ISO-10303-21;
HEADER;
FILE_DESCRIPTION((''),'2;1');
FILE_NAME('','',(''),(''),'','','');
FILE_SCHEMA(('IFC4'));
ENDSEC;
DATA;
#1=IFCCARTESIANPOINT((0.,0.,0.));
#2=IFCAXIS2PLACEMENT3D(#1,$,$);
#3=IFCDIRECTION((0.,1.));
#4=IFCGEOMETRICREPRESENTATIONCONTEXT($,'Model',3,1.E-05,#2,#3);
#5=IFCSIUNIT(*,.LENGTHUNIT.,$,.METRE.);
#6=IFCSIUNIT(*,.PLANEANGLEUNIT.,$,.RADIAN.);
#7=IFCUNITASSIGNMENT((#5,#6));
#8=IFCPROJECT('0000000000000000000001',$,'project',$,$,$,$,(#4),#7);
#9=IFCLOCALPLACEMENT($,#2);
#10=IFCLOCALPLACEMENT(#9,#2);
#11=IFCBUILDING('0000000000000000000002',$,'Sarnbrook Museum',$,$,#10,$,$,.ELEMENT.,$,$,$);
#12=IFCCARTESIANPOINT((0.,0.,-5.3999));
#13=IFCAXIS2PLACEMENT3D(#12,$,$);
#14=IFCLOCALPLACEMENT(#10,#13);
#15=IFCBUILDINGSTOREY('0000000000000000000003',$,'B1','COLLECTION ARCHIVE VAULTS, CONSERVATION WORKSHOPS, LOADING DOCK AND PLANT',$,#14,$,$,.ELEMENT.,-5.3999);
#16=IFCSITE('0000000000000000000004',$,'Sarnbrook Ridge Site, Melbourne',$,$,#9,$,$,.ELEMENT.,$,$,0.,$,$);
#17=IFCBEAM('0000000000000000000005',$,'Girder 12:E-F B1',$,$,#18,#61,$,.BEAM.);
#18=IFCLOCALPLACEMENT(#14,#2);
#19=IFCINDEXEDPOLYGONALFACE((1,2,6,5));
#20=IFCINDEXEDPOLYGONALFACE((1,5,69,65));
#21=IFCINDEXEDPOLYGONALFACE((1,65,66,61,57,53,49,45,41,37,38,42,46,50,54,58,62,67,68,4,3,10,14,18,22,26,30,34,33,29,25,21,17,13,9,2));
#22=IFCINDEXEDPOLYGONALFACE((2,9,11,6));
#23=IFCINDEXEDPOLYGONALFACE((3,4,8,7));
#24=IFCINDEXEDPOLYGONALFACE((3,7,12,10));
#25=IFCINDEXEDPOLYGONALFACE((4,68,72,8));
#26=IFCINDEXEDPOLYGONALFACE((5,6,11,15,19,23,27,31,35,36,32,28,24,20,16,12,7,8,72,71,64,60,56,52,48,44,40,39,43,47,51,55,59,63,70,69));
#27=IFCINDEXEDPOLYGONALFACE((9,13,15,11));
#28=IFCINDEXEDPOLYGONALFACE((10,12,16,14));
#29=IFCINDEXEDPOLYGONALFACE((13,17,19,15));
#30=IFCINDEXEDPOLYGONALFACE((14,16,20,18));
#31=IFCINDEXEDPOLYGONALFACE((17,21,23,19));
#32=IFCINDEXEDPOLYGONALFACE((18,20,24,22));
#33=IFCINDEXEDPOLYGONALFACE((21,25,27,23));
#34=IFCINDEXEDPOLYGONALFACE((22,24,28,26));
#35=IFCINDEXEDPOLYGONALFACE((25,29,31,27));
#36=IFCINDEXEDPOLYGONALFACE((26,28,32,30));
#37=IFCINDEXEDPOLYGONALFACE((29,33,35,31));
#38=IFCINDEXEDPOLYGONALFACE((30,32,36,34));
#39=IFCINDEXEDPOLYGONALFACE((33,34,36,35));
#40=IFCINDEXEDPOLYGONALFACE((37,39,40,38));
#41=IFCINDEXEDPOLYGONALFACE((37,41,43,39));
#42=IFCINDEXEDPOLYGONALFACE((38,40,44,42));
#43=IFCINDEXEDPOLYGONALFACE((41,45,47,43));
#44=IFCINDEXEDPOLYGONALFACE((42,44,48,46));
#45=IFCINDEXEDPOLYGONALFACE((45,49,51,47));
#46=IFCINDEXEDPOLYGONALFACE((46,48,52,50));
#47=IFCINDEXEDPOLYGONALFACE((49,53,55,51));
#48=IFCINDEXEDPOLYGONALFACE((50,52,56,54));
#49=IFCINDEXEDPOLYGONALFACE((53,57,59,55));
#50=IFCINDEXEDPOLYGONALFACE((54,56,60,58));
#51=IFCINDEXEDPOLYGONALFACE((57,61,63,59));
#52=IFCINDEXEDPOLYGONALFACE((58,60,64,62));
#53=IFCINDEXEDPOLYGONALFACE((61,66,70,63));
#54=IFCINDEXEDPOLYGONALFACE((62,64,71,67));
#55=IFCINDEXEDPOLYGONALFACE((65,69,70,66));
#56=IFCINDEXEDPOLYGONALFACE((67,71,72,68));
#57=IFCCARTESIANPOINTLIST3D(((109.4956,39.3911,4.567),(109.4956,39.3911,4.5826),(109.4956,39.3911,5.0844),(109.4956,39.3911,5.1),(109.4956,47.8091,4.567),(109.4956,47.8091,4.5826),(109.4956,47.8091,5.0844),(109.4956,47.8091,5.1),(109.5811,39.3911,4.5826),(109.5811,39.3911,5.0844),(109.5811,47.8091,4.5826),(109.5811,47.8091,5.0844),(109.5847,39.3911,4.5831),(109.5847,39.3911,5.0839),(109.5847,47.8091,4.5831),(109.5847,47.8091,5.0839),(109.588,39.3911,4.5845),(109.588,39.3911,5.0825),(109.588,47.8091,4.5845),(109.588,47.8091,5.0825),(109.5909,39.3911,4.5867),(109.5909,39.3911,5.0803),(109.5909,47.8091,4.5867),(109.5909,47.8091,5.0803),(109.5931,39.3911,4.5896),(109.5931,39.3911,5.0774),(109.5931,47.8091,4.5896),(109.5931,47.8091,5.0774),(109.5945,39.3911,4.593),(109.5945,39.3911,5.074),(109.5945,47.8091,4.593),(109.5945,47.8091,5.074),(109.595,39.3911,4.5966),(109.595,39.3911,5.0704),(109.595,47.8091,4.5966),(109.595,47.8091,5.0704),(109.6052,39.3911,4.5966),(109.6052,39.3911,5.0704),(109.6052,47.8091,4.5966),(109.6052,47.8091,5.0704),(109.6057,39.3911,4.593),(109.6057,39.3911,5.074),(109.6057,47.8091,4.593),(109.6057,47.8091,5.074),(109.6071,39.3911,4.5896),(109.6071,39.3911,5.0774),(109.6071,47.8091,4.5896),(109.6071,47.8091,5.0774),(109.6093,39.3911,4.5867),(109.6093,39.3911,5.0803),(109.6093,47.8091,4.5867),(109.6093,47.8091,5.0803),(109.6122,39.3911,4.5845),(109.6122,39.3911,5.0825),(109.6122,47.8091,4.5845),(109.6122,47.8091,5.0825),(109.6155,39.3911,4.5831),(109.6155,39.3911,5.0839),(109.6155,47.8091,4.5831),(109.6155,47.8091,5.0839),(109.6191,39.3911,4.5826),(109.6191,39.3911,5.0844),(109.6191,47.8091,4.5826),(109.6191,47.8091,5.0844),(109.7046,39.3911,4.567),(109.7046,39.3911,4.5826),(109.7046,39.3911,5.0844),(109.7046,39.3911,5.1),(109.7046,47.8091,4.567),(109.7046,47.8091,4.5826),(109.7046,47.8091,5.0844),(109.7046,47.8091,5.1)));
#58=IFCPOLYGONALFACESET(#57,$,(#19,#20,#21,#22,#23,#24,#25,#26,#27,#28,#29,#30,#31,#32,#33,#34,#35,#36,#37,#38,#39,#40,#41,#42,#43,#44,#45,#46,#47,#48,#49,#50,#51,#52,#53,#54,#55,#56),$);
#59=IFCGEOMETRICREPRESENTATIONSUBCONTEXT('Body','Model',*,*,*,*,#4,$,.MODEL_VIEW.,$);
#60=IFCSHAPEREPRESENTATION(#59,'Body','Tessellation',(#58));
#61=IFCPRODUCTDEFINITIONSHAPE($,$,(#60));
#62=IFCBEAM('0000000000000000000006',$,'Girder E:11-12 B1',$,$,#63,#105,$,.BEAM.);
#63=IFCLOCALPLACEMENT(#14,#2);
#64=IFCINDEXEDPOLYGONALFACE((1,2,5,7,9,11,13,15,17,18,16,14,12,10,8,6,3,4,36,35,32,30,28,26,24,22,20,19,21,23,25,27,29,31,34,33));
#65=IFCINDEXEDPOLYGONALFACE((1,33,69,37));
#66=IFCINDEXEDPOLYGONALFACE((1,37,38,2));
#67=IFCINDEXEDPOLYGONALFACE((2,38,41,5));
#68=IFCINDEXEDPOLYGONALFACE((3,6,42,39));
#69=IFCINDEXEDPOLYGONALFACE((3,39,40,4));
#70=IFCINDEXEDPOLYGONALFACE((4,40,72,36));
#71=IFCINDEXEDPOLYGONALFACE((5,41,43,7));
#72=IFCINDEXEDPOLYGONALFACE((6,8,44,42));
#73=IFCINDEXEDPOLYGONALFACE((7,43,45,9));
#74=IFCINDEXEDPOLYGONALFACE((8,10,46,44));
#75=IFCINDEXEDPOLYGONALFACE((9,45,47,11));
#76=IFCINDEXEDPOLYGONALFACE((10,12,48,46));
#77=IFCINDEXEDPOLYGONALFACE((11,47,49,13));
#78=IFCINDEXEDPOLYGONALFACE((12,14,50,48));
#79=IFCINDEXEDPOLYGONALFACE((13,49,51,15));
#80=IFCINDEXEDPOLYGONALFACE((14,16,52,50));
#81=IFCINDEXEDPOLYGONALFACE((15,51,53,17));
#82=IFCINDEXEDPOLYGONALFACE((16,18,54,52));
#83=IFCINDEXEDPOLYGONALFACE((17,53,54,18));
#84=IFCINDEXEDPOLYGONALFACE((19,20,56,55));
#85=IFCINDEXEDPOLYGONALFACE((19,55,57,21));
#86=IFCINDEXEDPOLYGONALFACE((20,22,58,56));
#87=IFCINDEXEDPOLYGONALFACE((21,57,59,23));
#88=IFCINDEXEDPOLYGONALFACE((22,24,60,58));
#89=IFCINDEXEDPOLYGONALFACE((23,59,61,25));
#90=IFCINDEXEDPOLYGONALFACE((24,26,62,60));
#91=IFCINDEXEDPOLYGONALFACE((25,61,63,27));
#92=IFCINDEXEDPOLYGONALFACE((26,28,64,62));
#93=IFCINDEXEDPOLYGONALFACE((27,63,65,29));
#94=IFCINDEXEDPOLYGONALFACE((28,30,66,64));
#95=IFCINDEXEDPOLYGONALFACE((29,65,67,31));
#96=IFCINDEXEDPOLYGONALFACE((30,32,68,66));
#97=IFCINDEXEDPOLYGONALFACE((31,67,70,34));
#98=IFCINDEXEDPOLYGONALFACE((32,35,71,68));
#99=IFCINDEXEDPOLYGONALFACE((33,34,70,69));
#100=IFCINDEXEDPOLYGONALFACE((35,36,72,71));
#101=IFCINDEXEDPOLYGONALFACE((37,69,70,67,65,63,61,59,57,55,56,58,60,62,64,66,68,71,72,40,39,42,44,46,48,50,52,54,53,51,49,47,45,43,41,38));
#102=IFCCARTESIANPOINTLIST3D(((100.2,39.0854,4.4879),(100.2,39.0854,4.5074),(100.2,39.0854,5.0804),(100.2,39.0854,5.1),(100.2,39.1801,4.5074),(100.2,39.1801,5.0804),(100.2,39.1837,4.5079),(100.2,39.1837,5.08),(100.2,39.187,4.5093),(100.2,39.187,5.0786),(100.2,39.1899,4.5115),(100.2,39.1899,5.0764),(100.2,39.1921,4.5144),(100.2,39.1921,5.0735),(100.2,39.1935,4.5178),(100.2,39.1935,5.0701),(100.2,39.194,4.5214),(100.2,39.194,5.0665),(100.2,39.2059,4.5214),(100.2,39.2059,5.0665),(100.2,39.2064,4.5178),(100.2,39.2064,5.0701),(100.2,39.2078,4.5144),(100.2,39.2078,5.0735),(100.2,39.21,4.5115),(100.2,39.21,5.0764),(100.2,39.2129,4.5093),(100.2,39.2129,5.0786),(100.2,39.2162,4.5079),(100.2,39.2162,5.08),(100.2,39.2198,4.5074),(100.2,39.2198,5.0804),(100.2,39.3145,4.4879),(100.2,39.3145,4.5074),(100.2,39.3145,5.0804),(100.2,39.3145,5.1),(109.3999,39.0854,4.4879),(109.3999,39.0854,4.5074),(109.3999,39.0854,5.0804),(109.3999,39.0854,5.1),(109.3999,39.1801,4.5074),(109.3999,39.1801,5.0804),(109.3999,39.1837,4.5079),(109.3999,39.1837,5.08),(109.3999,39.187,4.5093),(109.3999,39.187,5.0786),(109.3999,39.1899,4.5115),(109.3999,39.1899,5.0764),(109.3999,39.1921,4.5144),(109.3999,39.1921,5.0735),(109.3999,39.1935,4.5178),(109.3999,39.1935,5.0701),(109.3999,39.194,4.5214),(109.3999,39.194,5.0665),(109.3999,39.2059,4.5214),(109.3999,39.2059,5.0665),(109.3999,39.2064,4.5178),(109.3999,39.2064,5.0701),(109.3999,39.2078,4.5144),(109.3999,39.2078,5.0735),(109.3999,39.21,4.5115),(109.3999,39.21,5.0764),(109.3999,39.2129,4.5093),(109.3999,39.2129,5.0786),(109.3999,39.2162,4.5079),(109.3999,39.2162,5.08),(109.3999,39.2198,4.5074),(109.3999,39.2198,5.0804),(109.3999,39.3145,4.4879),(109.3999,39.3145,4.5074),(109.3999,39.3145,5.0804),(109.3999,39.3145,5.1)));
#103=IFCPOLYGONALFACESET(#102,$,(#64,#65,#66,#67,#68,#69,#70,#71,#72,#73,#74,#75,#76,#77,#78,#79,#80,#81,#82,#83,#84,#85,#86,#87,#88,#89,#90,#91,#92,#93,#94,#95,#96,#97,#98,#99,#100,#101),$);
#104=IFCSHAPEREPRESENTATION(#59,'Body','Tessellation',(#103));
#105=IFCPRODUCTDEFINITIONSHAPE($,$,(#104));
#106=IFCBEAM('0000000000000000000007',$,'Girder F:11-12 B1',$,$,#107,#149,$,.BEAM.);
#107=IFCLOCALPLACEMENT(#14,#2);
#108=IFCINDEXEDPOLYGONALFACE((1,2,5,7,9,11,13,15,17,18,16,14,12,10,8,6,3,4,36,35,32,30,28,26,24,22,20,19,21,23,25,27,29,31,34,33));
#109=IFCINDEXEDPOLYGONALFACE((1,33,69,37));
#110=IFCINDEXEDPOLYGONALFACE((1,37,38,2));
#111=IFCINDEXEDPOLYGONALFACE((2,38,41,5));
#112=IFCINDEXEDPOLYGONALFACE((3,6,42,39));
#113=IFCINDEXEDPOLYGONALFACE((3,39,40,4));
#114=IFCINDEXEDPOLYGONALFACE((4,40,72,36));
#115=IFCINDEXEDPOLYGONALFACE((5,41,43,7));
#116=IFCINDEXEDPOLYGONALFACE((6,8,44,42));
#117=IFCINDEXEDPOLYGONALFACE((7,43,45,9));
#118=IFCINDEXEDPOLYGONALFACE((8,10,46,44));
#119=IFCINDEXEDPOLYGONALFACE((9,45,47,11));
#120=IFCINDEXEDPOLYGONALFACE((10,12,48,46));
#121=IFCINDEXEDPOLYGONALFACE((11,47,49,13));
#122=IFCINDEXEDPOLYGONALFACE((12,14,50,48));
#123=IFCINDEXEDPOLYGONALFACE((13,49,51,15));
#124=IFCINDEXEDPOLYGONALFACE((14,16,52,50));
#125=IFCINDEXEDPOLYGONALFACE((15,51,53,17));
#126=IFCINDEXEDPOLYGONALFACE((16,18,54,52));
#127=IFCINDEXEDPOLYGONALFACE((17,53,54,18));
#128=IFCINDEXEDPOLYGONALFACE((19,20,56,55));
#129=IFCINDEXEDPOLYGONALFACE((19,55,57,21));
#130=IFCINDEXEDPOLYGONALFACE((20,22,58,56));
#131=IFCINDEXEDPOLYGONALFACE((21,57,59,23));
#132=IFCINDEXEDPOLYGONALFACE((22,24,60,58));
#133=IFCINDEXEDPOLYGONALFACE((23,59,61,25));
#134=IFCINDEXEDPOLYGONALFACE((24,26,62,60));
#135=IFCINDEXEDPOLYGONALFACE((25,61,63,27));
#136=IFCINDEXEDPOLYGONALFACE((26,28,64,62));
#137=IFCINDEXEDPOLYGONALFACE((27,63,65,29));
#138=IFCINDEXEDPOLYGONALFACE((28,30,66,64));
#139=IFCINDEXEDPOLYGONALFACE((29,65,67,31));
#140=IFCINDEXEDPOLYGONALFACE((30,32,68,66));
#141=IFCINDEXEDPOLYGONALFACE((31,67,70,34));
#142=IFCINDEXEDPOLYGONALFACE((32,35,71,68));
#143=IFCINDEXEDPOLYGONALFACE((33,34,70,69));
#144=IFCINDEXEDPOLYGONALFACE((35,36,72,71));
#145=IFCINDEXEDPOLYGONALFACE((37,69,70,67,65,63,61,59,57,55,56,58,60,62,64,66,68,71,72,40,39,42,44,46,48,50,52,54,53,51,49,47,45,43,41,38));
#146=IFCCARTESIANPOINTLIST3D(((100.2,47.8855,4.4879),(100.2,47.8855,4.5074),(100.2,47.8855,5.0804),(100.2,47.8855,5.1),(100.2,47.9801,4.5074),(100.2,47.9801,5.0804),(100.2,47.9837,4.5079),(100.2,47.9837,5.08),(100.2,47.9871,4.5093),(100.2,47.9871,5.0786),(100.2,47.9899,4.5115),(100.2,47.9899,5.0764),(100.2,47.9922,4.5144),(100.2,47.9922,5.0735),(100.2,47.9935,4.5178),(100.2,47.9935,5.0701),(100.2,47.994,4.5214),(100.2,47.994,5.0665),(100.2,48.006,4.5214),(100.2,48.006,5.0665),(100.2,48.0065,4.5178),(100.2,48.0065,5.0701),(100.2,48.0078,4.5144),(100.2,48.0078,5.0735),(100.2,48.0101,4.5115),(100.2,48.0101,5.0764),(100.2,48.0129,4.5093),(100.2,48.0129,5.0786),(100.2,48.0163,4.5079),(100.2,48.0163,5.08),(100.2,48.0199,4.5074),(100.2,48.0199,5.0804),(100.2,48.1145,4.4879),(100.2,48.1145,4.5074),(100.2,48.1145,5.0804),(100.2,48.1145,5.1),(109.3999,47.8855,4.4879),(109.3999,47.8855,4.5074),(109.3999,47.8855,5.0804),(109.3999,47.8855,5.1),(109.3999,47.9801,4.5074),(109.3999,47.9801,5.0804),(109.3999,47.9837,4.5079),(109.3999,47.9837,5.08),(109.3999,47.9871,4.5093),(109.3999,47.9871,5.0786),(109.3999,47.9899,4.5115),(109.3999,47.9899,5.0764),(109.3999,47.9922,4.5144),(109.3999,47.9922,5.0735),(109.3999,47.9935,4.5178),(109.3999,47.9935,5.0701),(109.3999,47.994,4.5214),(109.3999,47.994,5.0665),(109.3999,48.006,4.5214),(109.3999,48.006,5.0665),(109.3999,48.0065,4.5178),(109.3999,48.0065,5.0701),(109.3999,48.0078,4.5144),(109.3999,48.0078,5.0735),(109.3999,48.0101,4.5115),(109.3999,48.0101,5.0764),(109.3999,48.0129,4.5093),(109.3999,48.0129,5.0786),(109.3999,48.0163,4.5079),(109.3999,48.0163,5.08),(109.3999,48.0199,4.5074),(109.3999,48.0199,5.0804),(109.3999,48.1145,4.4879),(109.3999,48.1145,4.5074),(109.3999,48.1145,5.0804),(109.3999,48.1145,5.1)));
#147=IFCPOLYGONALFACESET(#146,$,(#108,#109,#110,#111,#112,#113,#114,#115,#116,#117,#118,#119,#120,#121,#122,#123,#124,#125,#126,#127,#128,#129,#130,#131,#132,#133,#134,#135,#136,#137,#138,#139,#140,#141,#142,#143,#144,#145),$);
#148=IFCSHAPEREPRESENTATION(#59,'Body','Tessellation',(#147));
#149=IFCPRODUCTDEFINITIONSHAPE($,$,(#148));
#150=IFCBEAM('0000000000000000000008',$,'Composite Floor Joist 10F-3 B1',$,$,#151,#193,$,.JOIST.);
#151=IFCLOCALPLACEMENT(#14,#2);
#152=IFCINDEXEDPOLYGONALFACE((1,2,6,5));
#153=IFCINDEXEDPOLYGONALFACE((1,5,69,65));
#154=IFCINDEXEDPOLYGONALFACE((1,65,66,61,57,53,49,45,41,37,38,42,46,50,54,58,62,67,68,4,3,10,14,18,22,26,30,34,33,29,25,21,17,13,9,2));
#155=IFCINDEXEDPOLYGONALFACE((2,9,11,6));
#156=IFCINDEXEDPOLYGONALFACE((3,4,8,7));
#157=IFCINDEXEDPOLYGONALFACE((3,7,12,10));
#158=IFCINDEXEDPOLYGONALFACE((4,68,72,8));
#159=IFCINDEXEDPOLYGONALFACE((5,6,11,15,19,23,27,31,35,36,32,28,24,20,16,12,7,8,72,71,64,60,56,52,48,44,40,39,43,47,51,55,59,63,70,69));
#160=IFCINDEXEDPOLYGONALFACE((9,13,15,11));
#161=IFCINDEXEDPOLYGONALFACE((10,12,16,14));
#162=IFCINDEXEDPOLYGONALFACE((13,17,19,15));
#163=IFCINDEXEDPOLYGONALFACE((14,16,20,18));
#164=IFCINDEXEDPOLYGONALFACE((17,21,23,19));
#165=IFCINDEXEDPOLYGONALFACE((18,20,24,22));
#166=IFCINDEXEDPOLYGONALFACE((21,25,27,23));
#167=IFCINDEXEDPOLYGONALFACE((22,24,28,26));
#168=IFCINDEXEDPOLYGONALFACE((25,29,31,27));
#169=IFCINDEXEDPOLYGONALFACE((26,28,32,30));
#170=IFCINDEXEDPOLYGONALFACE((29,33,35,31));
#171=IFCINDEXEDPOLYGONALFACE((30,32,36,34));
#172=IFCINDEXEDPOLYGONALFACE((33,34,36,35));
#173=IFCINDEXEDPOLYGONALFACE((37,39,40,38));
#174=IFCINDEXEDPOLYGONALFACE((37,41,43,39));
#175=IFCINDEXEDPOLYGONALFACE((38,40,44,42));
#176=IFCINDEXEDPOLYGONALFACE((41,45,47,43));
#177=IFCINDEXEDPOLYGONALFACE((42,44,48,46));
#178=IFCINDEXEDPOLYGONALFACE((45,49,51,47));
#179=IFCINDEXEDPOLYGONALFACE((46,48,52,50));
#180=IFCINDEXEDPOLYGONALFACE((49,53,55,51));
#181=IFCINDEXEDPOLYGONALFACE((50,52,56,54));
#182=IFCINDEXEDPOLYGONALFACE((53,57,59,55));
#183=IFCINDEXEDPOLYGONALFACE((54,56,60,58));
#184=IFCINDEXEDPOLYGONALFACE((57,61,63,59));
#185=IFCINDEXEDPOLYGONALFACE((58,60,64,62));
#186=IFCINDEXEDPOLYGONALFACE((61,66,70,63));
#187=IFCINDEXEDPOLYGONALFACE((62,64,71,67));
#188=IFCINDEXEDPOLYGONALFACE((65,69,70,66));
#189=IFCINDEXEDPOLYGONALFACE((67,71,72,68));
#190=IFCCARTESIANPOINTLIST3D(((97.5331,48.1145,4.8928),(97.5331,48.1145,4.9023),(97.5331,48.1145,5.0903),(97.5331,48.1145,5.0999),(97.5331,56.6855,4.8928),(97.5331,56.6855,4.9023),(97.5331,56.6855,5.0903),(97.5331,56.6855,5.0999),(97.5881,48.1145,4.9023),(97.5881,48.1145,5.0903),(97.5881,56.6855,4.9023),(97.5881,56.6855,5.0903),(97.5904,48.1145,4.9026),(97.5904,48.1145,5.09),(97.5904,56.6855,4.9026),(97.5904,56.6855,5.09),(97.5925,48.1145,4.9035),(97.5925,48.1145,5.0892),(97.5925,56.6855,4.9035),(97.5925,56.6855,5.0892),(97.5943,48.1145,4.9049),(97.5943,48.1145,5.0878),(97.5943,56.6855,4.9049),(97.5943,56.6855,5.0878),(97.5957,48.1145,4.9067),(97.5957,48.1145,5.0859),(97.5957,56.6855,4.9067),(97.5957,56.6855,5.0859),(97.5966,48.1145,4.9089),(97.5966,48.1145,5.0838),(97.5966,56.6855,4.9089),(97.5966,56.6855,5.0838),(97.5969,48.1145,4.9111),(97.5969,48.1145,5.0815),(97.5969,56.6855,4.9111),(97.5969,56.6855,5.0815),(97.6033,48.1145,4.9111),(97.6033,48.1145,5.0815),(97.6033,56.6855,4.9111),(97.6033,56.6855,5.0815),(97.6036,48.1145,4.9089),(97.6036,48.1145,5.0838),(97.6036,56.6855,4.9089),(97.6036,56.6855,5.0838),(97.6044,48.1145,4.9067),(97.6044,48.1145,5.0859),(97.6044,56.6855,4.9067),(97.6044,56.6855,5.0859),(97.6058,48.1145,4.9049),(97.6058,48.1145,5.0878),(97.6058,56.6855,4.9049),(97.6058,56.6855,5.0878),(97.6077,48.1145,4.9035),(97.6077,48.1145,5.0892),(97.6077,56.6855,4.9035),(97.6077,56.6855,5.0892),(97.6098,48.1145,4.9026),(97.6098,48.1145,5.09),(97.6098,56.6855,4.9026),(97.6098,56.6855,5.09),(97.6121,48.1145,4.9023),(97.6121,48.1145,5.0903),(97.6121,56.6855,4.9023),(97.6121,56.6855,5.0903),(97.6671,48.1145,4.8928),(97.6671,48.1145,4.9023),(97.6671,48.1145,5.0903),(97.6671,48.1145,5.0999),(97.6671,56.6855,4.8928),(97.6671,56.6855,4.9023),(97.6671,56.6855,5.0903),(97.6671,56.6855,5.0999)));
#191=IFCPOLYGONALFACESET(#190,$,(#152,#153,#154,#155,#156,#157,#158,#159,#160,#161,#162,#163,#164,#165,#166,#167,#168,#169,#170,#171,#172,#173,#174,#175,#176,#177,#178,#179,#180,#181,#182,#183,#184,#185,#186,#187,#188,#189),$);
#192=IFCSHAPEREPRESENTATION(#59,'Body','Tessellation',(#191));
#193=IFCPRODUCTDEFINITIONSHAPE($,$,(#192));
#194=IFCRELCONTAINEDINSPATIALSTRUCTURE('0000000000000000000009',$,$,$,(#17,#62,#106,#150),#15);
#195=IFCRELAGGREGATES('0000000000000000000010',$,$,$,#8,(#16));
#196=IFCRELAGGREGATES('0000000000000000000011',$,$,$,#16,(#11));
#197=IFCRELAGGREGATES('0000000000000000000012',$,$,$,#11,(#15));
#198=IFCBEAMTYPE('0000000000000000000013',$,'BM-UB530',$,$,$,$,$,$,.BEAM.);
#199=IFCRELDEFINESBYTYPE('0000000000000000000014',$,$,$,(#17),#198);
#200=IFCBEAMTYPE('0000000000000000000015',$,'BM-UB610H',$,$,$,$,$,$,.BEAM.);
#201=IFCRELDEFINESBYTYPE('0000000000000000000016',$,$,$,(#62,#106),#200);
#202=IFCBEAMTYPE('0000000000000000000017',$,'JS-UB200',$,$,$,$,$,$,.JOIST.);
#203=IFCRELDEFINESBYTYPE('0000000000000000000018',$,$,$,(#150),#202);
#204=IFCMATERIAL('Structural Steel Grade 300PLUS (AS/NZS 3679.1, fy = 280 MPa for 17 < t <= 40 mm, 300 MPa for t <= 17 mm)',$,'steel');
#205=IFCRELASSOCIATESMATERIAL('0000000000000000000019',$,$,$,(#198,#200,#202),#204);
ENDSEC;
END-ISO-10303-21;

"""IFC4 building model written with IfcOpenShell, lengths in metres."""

from ifc_helpers import new_model, si_unit, direction, frame, origin, origin_2d, place, context, subcontext, project, spatial, i_section, extrude, material, material_profile, profile_set, type_object, element, save


model = new_model("IFC4")

# Units and contexts
model_context = context("Model", 3, precision=1e-05, world=origin(), true_north=direction((0.0, 1.0)))
body_context = subcontext(model_context, "Body", "Model", "MODEL_VIEW")
ifc_project = project(units=[si_unit("LENGTHUNIT", "METRE"), si_unit("PLANEANGLEUNIT", "RADIAN")], contexts=[model_context])

# Site, building, storey
site_placement = place(None, origin())
site = spatial("IfcSite", under=ifc_project, at=site_placement, Name="Sarnbrook Ridge Site, Melbourne", CompositionType="ELEMENT", RefElevation=0.0)
building_placement = place(site_placement, origin())
building = spatial("IfcBuilding", under=site, at=building_placement, Name="Sarnbrook Museum", CompositionType="ELEMENT")
storey_placement = place(building_placement, frame((0.0, 0.0, -5.3999)))
storey = spatial("IfcBuildingStorey", under=building, at=storey_placement, Name="B1", Description="COLLECTION ARCHIVE VAULTS, CONSERVATION WORKSHOPS, LOADING DOCK AND PLANT", CompositionType="ELEMENT", Elevation=-5.3999)

# Beams
ifc_material_1 = material(Name="Structural Steel Grade 300PLUS (AS/NZS 3679.1, fy = 280 MPa for 17 < t <= 40 mm, 300 MPa for t <= 17 mm)", Category="steel")
ifc_material_profile_1 = material_profile(ifc_material_1, i_section(OverallWidth=0.209, OverallDepth=0.533, WebThickness=0.0103, FlangeThickness=0.0156, FilletRadius=0.0139, at=origin_2d()), Name="530UB92.4")
ifc_profile_set_1 = profile_set([ifc_material_profile_1], Name="Structural Steel Grade 300PLUS (AS/NZS 3679.1, fy = 280 MPa for 17 < t <= 40 mm, 300 MPa for t <= 17 mm)")
beam_type_1 = type_object("IfcBeamType", Name="BM-UB530", PredefinedType="BEAM", material=ifc_profile_set_1)
beam_1_placement = place(storey_placement, frame((109.6001, 39.3911, 4.8335), z_axis=(0.0, 1.0, 0.0), x_axis=(-1.0, 0.0, 0.0)))
element("IfcBeam", 1, at=beam_1_placement, inside=storey, type_object=beam_type_1, Name="Girder 12:E-F B1", PredefinedType="BEAM", context=body_context, shape_type="SweptSolid", body=[
    extrude(i_section(OverallWidth=0.209, OverallDepth=0.533, WebThickness=0.0103, FlangeThickness=0.0156, FilletRadius=0.0139, at=origin_2d()), origin(), (0.0, 0.0, 1.0), 8.418),
])
ifc_material_profile_2 = material_profile(ifc_material_1, i_section(OverallWidth=0.229, OverallDepth=0.6121, WebThickness=0.012, FlangeThickness=0.0195, FilletRadius=0.0139, at=origin_2d()), Name="610UB125")
ifc_profile_set_2 = profile_set([ifc_material_profile_2], Name="Structural Steel Grade 300PLUS (AS/NZS 3679.1, fy = 280 MPa for 17 < t <= 40 mm, 300 MPa for t <= 17 mm)")
beam_type_2 = type_object("IfcBeamType", Name="BM-UB610H", PredefinedType="BEAM", material=ifc_profile_set_2)
for number, where, z_axis, x_axis, name in (
    (2, (100.2, 39.2, 4.7939), (1.0, 0.0, 0.0), (0.0, 1.0, 0.0), "Girder E:11-12 B1"),
    (3, (100.2, 48.0, 4.7939), (1.0, 0.0, 0.0), (0.0, 1.0, 0.0), "Girder F:11-12 B1"),
):
    element("IfcBeam", number, at=place(storey_placement, frame(where, z_axis=z_axis, x_axis=x_axis)), inside=storey, type_object=beam_type_2, Name=name, PredefinedType="BEAM", context=body_context, shape_type="SweptSolid", body=[
        extrude(i_section(OverallWidth=0.229, OverallDepth=0.6121, WebThickness=0.012, FlangeThickness=0.0195, FilletRadius=0.0139, at=origin_2d()), origin(), (0.0, 0.0, 1.0), 9.2),
    ])
ifc_material_profile_3 = material_profile(ifc_material_1, i_section(OverallWidth=0.134, OverallDepth=0.207, WebThickness=0.0063, FlangeThickness=0.0095, FilletRadius=0.0088, at=origin_2d()), Name="200UB29.8")
ifc_profile_set_3 = profile_set([ifc_material_profile_3], Name="Structural Steel Grade 300PLUS (AS/NZS 3679.1, fy = 280 MPa for 17 < t <= 40 mm, 300 MPa for t <= 17 mm)")
beam_type_3 = type_object("IfcBeamType", Name="JS-UB200", PredefinedType="JOIST", material=ifc_profile_set_3)
for number, where, z_axis, x_axis, name in (
    (4, (97.6001, 48.1145, 4.9963), (0.0, 1.0, 0.0), (-1.0, 0.0, 0.0), "Composite Floor Joist 10F-3 B1"),
):
    element("IfcBeam", number, at=place(storey_placement, frame(where, z_axis=z_axis, x_axis=x_axis)), inside=storey, type_object=beam_type_3, Name=name, PredefinedType="JOIST", context=body_context, shape_type="SweptSolid", body=[
        extrude(i_section(OverallWidth=0.134, OverallDepth=0.207, WebThickness=0.0063, FlangeThickness=0.0095, FilletRadius=0.0088, at=origin_2d()), origin(), (0.0, 0.0, 1.0), 8.571),
    ])

save(model, "model.ifc")
